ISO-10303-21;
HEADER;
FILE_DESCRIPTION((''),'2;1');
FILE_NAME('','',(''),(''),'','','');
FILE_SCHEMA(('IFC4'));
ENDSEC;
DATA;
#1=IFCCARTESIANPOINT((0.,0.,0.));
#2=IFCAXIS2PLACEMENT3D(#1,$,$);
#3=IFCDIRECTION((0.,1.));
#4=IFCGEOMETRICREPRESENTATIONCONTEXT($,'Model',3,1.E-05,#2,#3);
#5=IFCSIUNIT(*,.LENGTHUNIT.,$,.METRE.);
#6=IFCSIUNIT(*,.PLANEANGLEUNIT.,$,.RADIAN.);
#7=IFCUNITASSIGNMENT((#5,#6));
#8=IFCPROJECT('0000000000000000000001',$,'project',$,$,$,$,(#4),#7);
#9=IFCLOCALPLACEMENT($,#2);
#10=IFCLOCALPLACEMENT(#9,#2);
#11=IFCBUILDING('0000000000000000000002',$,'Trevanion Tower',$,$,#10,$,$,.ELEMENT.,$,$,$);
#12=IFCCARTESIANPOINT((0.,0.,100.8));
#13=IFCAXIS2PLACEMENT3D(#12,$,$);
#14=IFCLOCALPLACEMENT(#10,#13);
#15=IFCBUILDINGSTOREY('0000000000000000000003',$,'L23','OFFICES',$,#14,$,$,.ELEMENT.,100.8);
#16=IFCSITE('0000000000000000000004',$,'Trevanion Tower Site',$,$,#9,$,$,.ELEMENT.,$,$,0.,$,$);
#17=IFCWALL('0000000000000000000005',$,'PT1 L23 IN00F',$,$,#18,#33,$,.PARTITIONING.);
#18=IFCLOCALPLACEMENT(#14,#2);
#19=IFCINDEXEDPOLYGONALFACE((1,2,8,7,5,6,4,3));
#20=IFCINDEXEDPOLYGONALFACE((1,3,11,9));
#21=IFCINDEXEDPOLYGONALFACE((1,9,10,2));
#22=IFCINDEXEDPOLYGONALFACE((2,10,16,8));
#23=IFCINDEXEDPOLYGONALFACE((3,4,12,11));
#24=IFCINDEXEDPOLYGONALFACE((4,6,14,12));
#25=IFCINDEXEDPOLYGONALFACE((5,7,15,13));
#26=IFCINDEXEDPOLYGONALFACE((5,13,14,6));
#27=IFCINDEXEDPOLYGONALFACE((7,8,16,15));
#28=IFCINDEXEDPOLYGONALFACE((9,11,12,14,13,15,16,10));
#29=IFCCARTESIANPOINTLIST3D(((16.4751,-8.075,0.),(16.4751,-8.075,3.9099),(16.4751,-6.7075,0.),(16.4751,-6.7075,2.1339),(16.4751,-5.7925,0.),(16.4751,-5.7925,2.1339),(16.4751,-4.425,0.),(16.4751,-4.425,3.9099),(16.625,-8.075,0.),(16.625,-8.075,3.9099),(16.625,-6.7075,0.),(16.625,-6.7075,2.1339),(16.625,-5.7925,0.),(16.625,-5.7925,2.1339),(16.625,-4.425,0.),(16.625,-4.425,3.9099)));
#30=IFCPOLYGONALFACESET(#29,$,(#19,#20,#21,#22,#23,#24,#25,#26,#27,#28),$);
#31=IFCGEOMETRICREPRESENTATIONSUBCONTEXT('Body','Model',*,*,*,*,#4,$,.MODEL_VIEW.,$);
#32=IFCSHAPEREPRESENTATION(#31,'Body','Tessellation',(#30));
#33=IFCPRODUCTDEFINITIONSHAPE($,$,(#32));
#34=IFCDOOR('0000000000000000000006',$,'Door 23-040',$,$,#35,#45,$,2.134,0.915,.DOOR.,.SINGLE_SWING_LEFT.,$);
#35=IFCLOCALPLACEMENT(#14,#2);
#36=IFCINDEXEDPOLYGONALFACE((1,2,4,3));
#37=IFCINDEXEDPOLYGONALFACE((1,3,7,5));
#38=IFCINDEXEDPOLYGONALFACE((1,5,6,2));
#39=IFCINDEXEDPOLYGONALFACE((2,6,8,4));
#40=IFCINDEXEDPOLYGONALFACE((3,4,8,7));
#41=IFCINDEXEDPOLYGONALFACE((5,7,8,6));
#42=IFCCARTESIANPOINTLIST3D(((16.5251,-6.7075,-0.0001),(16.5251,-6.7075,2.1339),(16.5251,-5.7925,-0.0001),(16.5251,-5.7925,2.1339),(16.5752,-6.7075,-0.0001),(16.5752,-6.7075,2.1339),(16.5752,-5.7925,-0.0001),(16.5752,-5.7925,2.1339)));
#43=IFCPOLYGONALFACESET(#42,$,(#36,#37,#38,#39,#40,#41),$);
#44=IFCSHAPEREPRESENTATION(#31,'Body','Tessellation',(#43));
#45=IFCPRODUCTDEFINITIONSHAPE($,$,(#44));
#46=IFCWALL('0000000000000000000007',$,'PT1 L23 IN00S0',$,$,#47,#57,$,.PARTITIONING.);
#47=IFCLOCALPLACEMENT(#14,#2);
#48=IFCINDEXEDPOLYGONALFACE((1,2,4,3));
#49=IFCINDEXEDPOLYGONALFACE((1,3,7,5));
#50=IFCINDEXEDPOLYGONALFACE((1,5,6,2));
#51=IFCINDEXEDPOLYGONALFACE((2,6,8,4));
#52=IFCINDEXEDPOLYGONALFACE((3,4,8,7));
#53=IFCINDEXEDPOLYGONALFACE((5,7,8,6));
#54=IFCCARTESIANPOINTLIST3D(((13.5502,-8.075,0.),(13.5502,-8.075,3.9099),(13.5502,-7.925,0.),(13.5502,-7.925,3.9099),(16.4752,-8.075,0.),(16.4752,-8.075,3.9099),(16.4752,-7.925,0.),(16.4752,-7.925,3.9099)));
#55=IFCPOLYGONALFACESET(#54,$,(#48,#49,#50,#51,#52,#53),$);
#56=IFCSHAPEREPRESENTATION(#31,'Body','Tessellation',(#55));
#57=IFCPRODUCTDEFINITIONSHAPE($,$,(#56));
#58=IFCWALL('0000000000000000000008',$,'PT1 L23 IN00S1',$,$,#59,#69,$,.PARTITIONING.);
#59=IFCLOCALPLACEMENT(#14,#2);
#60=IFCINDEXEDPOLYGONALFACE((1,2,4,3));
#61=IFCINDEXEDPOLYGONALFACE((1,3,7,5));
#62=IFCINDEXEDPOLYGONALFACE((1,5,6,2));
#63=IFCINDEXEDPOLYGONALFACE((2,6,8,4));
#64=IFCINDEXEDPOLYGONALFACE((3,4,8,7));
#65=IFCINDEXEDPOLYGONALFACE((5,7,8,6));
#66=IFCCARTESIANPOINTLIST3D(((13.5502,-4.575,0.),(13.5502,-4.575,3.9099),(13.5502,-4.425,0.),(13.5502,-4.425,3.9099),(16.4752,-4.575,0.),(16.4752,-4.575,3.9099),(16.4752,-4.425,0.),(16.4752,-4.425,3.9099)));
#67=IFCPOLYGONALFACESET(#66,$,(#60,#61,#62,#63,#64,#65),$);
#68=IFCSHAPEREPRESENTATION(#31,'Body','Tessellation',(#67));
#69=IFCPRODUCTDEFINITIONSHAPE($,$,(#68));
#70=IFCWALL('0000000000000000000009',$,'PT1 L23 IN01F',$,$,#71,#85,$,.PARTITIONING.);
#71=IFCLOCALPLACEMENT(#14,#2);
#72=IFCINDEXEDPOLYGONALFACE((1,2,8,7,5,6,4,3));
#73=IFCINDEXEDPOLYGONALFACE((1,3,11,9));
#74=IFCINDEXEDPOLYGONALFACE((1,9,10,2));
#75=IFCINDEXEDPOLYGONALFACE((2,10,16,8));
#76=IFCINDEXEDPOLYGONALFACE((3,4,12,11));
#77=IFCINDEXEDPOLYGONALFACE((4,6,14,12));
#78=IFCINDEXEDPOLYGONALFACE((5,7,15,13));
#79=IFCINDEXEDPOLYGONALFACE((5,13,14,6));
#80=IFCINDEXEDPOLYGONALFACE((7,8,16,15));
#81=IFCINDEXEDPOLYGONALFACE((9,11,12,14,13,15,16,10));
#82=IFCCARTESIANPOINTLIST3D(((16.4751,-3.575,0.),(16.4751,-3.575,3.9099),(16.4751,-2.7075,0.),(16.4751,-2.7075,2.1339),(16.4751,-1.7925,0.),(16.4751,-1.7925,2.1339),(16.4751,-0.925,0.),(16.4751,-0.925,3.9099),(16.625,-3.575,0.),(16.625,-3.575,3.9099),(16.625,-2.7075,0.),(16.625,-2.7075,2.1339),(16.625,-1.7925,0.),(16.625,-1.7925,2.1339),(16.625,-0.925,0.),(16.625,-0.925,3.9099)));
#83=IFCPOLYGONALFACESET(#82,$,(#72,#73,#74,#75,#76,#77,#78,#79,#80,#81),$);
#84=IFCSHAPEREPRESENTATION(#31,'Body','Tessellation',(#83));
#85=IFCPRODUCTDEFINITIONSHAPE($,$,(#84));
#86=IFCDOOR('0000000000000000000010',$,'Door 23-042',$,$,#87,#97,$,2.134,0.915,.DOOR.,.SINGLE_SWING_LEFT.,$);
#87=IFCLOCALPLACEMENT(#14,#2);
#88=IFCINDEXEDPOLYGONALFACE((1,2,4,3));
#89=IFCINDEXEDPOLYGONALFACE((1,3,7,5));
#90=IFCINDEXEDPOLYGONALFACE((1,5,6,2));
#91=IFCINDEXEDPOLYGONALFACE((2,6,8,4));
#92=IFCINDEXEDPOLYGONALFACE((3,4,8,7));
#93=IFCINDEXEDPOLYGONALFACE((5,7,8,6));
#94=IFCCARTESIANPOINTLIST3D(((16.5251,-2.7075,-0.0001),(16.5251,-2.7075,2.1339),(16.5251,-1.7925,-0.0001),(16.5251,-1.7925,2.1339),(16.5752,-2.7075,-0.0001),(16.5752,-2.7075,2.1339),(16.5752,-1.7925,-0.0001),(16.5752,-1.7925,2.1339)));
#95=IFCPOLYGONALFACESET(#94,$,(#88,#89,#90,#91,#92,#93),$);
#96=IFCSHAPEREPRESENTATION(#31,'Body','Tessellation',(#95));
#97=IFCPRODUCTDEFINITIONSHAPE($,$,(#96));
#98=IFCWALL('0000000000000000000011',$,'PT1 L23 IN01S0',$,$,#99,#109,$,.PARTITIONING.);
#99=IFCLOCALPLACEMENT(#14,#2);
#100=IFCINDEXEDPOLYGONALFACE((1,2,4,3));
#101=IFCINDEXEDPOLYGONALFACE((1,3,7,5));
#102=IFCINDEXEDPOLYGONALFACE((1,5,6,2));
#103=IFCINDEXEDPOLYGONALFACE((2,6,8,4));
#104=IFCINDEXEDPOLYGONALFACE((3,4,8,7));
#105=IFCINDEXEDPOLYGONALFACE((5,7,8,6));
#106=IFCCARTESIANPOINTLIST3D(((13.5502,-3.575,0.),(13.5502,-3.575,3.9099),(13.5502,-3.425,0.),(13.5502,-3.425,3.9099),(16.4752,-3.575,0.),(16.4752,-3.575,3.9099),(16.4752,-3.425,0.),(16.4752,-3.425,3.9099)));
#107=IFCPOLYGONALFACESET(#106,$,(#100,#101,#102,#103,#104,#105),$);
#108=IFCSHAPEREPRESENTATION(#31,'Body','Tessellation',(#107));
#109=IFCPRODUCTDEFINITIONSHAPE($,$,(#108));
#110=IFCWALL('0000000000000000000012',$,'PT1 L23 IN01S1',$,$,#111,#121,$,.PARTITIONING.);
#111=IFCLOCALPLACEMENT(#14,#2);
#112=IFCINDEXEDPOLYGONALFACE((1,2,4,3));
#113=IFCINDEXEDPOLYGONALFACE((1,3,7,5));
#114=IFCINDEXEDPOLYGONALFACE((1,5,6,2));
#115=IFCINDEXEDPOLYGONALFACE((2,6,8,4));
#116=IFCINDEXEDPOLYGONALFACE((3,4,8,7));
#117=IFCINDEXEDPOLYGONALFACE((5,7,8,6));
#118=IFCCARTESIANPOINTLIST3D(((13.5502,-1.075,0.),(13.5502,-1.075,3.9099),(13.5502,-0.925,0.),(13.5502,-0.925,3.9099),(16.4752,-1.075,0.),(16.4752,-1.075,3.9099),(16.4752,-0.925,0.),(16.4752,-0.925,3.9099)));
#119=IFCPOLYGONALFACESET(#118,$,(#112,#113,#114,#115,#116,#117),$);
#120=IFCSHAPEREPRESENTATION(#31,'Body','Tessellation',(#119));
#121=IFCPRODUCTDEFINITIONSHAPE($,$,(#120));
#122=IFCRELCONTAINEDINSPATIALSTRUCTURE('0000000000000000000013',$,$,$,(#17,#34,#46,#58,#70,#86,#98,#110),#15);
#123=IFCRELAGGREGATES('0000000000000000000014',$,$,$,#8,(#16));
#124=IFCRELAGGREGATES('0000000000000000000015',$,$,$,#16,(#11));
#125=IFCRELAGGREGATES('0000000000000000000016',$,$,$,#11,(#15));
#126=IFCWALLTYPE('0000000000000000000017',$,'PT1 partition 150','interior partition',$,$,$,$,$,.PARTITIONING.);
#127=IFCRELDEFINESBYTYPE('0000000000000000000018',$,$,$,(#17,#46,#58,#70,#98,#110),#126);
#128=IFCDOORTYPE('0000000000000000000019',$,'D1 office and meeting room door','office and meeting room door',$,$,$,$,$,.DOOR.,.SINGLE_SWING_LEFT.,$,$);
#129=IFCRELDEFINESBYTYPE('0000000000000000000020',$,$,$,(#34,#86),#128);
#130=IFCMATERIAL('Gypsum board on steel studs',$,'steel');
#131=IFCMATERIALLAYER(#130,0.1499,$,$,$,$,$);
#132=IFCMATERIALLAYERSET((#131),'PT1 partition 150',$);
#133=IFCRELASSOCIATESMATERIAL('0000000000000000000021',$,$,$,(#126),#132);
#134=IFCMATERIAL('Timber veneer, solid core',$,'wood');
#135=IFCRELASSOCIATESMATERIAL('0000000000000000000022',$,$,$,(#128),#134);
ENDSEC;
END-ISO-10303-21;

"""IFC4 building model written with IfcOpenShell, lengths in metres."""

from ifc_helpers import new_model, si_unit, direction, frame, frame_2d, origin, place, context, subcontext, project, spatial, rectangle, extrude, material, layer, layer_set, type_object, element, fill, save


model = new_model("IFC4")

# Units and contexts
model_context = context("Model", 3, precision=1e-05, world=origin(), true_north=direction((0.0, 1.0)))
body_context = subcontext(model_context, "Body", "Model", "MODEL_VIEW")
ifc_project = project(units=[si_unit("LENGTHUNIT", "METRE"), si_unit("PLANEANGLEUNIT", "RADIAN")], contexts=[model_context])

# Site, building, storey
site_placement = place(None, origin())
site = spatial("IfcSite", under=ifc_project, at=site_placement, Name="Trevanion Tower Site", CompositionType="ELEMENT", RefElevation=0.0)
building_placement = place(site_placement, origin())
building = spatial("IfcBuilding", under=site, at=building_placement, Name="Trevanion Tower", CompositionType="ELEMENT")
storey_placement = place(building_placement, frame((0.0, 0.0, 100.8)))
storey = spatial("IfcBuildingStorey", under=building, at=storey_placement, Name="L23", Description="OFFICES", CompositionType="ELEMENT", Elevation=100.8)

# Shared definitions
ifc_material_1 = material(Name="Gypsum board on steel studs", Category="steel")
ifc_layer_1 = layer(ifc_material_1, 0.1499)
ifc_layer_set_1 = layer_set([ifc_layer_1], Name="PT1 partition 150")
wall_type = type_object("IfcWallType", Name="PT1 partition 150", Description="interior partition", PredefinedType="PARTITIONING", material=ifc_layer_set_1)
ifc_material_2 = material(Name="Timber veneer, solid core", Category="wood")
door_type = type_object("IfcDoorType", Name="D1 office and meeting room door", Description="office and meeting room door", OperationType="SINGLE_SWING_LEFT", PredefinedType="DOOR", material=ifc_material_2)

# Wall, opening, door
wall_1_placement = place(storey_placement, frame((16.55, -8.075, 0.0), z_axis=(0.0, 0.0, 1.0), x_axis=(0.0, 1.0, 0.0)))
wall_1 = element("IfcWall", 1, at=wall_1_placement, inside=storey, type_object=wall_type, Name="PT1 L23 IN00F", PredefinedType="PARTITIONING", context=body_context, shape_type="SweptSolid", body=[
    extrude(rectangle(XDim=3.6499, YDim=0.1499, at=frame_2d((1.825, 0.0))), origin(), (0.0, 0.0, 1.0), 3.9099),
])
opening_1_placement = place(wall_1_placement, frame((1.3674, 0.0, 0.0)))
opening_1 = element("IfcOpeningElement", 2, at=opening_1_placement, cuts=wall_1, PredefinedType="OPENING", context=body_context, shape_type="SweptSolid", body=[
    extrude(rectangle(XDim=0.915, YDim=2.134, at=frame_2d((0.4575, 1.0669))), frame((0.0, 0.085, 0.0), z_axis=(0.0, -1.0, 0.0), x_axis=(1.0, 0.0, 0.0)), (0.0, 0.0, 1.0), 0.1699),
])
door_1_placement = place(opening_1_placement, origin())
door_1 = element("IfcDoor", 3, at=door_1_placement, inside=storey, type_object=door_type, Name="Door 23-040", OperationType="SINGLE_SWING_LEFT", OverallHeight=2.134, OverallWidth=0.915, PredefinedType="DOOR", context=body_context, shape_type="SweptSolid", body=[
    extrude(rectangle(XDim=0.915, YDim=2.134, at=frame_2d((0.4575, 1.0669))), frame((0.0, 0.0249, 0.0), z_axis=(0.0, -1.0, 0.0), x_axis=(1.0, 0.0, 0.0)), (0.0, 0.0, 1.0), 0.05),
])
fill(opening_1, door_1)

# Walls
for number, where, z_axis, x_axis, name in (
    (4, (16.4751, -8.0, 0.0), (0.0, 0.0, 1.0), (-1.0, 0.0, 0.0), "PT1 L23 IN00S0"),
    (5, (16.4751, -4.5, 0.0), (0.0, 0.0, 1.0), (-1.0, 0.0, 0.0), "PT1 L23 IN00S1"),
):
    element("IfcWall", number, at=place(storey_placement, frame(where, z_axis=z_axis, x_axis=x_axis)), inside=storey, type_object=wall_type, Name=name, PredefinedType="PARTITIONING", context=body_context, shape_type="SweptSolid", body=[
        extrude(rectangle(XDim=2.925, YDim=0.1499, at=frame_2d((1.4624, 0.0))), origin(), (0.0, 0.0, 1.0), 3.9099),
    ])

# Wall, opening, door
wall_2_placement = place(storey_placement, frame((16.55, -3.575, 0.0), z_axis=(0.0, 0.0, 1.0), x_axis=(0.0, 1.0, 0.0)))
wall_2 = element("IfcWall", 6, at=wall_2_placement, inside=storey, type_object=wall_type, Name="PT1 L23 IN01F", PredefinedType="PARTITIONING", context=body_context, shape_type="SweptSolid", body=[
    extrude(rectangle(XDim=2.6499, YDim=0.1499, at=frame_2d((1.325, 0.0))), origin(), (0.0, 0.0, 1.0), 3.9099),
])
opening_2_placement = place(wall_2_placement, frame((0.8674, 0.0, 0.0)))
opening_2 = element("IfcOpeningElement", 7, at=opening_2_placement, cuts=wall_2, PredefinedType="OPENING", context=body_context, shape_type="SweptSolid", body=[
    extrude(rectangle(XDim=0.915, YDim=2.134, at=frame_2d((0.4575, 1.0669))), frame((0.0, 0.085, 0.0), z_axis=(0.0, -1.0, 0.0), x_axis=(1.0, 0.0, 0.0)), (0.0, 0.0, 1.0), 0.1699),
])
door_2_placement = place(opening_2_placement, origin())
door_2 = element("IfcDoor", 8, at=door_2_placement, inside=storey, type_object=door_type, Name="Door 23-042", OperationType="SINGLE_SWING_LEFT", OverallHeight=2.134, OverallWidth=0.915, PredefinedType="DOOR", context=body_context, shape_type="SweptSolid", body=[
    extrude(rectangle(XDim=0.915, YDim=2.134, at=frame_2d((0.4575, 1.0669))), frame((0.0, 0.0249, 0.0), z_axis=(0.0, -1.0, 0.0), x_axis=(1.0, 0.0, 0.0)), (0.0, 0.0, 1.0), 0.05),
])
fill(opening_2, door_2)

# Walls
for number, where, z_axis, x_axis, name in (
    (9, (16.4751, -3.5, 0.0), (0.0, 0.0, 1.0), (-1.0, 0.0, 0.0), "PT1 L23 IN01S0"),
    (10, (16.4751, -1.0, 0.0), (0.0, 0.0, 1.0), (-1.0, 0.0, 0.0), "PT1 L23 IN01S1"),
):
    element("IfcWall", number, at=place(storey_placement, frame(where, z_axis=z_axis, x_axis=x_axis)), inside=storey, type_object=wall_type, Name=name, PredefinedType="PARTITIONING", context=body_context, shape_type="SweptSolid", body=[
        extrude(rectangle(XDim=2.925, YDim=0.1499, at=frame_2d((1.4624, 0.0))), origin(), (0.0, 0.0, 1.0), 3.9099),
    ])

save(model, "model.ifc")
